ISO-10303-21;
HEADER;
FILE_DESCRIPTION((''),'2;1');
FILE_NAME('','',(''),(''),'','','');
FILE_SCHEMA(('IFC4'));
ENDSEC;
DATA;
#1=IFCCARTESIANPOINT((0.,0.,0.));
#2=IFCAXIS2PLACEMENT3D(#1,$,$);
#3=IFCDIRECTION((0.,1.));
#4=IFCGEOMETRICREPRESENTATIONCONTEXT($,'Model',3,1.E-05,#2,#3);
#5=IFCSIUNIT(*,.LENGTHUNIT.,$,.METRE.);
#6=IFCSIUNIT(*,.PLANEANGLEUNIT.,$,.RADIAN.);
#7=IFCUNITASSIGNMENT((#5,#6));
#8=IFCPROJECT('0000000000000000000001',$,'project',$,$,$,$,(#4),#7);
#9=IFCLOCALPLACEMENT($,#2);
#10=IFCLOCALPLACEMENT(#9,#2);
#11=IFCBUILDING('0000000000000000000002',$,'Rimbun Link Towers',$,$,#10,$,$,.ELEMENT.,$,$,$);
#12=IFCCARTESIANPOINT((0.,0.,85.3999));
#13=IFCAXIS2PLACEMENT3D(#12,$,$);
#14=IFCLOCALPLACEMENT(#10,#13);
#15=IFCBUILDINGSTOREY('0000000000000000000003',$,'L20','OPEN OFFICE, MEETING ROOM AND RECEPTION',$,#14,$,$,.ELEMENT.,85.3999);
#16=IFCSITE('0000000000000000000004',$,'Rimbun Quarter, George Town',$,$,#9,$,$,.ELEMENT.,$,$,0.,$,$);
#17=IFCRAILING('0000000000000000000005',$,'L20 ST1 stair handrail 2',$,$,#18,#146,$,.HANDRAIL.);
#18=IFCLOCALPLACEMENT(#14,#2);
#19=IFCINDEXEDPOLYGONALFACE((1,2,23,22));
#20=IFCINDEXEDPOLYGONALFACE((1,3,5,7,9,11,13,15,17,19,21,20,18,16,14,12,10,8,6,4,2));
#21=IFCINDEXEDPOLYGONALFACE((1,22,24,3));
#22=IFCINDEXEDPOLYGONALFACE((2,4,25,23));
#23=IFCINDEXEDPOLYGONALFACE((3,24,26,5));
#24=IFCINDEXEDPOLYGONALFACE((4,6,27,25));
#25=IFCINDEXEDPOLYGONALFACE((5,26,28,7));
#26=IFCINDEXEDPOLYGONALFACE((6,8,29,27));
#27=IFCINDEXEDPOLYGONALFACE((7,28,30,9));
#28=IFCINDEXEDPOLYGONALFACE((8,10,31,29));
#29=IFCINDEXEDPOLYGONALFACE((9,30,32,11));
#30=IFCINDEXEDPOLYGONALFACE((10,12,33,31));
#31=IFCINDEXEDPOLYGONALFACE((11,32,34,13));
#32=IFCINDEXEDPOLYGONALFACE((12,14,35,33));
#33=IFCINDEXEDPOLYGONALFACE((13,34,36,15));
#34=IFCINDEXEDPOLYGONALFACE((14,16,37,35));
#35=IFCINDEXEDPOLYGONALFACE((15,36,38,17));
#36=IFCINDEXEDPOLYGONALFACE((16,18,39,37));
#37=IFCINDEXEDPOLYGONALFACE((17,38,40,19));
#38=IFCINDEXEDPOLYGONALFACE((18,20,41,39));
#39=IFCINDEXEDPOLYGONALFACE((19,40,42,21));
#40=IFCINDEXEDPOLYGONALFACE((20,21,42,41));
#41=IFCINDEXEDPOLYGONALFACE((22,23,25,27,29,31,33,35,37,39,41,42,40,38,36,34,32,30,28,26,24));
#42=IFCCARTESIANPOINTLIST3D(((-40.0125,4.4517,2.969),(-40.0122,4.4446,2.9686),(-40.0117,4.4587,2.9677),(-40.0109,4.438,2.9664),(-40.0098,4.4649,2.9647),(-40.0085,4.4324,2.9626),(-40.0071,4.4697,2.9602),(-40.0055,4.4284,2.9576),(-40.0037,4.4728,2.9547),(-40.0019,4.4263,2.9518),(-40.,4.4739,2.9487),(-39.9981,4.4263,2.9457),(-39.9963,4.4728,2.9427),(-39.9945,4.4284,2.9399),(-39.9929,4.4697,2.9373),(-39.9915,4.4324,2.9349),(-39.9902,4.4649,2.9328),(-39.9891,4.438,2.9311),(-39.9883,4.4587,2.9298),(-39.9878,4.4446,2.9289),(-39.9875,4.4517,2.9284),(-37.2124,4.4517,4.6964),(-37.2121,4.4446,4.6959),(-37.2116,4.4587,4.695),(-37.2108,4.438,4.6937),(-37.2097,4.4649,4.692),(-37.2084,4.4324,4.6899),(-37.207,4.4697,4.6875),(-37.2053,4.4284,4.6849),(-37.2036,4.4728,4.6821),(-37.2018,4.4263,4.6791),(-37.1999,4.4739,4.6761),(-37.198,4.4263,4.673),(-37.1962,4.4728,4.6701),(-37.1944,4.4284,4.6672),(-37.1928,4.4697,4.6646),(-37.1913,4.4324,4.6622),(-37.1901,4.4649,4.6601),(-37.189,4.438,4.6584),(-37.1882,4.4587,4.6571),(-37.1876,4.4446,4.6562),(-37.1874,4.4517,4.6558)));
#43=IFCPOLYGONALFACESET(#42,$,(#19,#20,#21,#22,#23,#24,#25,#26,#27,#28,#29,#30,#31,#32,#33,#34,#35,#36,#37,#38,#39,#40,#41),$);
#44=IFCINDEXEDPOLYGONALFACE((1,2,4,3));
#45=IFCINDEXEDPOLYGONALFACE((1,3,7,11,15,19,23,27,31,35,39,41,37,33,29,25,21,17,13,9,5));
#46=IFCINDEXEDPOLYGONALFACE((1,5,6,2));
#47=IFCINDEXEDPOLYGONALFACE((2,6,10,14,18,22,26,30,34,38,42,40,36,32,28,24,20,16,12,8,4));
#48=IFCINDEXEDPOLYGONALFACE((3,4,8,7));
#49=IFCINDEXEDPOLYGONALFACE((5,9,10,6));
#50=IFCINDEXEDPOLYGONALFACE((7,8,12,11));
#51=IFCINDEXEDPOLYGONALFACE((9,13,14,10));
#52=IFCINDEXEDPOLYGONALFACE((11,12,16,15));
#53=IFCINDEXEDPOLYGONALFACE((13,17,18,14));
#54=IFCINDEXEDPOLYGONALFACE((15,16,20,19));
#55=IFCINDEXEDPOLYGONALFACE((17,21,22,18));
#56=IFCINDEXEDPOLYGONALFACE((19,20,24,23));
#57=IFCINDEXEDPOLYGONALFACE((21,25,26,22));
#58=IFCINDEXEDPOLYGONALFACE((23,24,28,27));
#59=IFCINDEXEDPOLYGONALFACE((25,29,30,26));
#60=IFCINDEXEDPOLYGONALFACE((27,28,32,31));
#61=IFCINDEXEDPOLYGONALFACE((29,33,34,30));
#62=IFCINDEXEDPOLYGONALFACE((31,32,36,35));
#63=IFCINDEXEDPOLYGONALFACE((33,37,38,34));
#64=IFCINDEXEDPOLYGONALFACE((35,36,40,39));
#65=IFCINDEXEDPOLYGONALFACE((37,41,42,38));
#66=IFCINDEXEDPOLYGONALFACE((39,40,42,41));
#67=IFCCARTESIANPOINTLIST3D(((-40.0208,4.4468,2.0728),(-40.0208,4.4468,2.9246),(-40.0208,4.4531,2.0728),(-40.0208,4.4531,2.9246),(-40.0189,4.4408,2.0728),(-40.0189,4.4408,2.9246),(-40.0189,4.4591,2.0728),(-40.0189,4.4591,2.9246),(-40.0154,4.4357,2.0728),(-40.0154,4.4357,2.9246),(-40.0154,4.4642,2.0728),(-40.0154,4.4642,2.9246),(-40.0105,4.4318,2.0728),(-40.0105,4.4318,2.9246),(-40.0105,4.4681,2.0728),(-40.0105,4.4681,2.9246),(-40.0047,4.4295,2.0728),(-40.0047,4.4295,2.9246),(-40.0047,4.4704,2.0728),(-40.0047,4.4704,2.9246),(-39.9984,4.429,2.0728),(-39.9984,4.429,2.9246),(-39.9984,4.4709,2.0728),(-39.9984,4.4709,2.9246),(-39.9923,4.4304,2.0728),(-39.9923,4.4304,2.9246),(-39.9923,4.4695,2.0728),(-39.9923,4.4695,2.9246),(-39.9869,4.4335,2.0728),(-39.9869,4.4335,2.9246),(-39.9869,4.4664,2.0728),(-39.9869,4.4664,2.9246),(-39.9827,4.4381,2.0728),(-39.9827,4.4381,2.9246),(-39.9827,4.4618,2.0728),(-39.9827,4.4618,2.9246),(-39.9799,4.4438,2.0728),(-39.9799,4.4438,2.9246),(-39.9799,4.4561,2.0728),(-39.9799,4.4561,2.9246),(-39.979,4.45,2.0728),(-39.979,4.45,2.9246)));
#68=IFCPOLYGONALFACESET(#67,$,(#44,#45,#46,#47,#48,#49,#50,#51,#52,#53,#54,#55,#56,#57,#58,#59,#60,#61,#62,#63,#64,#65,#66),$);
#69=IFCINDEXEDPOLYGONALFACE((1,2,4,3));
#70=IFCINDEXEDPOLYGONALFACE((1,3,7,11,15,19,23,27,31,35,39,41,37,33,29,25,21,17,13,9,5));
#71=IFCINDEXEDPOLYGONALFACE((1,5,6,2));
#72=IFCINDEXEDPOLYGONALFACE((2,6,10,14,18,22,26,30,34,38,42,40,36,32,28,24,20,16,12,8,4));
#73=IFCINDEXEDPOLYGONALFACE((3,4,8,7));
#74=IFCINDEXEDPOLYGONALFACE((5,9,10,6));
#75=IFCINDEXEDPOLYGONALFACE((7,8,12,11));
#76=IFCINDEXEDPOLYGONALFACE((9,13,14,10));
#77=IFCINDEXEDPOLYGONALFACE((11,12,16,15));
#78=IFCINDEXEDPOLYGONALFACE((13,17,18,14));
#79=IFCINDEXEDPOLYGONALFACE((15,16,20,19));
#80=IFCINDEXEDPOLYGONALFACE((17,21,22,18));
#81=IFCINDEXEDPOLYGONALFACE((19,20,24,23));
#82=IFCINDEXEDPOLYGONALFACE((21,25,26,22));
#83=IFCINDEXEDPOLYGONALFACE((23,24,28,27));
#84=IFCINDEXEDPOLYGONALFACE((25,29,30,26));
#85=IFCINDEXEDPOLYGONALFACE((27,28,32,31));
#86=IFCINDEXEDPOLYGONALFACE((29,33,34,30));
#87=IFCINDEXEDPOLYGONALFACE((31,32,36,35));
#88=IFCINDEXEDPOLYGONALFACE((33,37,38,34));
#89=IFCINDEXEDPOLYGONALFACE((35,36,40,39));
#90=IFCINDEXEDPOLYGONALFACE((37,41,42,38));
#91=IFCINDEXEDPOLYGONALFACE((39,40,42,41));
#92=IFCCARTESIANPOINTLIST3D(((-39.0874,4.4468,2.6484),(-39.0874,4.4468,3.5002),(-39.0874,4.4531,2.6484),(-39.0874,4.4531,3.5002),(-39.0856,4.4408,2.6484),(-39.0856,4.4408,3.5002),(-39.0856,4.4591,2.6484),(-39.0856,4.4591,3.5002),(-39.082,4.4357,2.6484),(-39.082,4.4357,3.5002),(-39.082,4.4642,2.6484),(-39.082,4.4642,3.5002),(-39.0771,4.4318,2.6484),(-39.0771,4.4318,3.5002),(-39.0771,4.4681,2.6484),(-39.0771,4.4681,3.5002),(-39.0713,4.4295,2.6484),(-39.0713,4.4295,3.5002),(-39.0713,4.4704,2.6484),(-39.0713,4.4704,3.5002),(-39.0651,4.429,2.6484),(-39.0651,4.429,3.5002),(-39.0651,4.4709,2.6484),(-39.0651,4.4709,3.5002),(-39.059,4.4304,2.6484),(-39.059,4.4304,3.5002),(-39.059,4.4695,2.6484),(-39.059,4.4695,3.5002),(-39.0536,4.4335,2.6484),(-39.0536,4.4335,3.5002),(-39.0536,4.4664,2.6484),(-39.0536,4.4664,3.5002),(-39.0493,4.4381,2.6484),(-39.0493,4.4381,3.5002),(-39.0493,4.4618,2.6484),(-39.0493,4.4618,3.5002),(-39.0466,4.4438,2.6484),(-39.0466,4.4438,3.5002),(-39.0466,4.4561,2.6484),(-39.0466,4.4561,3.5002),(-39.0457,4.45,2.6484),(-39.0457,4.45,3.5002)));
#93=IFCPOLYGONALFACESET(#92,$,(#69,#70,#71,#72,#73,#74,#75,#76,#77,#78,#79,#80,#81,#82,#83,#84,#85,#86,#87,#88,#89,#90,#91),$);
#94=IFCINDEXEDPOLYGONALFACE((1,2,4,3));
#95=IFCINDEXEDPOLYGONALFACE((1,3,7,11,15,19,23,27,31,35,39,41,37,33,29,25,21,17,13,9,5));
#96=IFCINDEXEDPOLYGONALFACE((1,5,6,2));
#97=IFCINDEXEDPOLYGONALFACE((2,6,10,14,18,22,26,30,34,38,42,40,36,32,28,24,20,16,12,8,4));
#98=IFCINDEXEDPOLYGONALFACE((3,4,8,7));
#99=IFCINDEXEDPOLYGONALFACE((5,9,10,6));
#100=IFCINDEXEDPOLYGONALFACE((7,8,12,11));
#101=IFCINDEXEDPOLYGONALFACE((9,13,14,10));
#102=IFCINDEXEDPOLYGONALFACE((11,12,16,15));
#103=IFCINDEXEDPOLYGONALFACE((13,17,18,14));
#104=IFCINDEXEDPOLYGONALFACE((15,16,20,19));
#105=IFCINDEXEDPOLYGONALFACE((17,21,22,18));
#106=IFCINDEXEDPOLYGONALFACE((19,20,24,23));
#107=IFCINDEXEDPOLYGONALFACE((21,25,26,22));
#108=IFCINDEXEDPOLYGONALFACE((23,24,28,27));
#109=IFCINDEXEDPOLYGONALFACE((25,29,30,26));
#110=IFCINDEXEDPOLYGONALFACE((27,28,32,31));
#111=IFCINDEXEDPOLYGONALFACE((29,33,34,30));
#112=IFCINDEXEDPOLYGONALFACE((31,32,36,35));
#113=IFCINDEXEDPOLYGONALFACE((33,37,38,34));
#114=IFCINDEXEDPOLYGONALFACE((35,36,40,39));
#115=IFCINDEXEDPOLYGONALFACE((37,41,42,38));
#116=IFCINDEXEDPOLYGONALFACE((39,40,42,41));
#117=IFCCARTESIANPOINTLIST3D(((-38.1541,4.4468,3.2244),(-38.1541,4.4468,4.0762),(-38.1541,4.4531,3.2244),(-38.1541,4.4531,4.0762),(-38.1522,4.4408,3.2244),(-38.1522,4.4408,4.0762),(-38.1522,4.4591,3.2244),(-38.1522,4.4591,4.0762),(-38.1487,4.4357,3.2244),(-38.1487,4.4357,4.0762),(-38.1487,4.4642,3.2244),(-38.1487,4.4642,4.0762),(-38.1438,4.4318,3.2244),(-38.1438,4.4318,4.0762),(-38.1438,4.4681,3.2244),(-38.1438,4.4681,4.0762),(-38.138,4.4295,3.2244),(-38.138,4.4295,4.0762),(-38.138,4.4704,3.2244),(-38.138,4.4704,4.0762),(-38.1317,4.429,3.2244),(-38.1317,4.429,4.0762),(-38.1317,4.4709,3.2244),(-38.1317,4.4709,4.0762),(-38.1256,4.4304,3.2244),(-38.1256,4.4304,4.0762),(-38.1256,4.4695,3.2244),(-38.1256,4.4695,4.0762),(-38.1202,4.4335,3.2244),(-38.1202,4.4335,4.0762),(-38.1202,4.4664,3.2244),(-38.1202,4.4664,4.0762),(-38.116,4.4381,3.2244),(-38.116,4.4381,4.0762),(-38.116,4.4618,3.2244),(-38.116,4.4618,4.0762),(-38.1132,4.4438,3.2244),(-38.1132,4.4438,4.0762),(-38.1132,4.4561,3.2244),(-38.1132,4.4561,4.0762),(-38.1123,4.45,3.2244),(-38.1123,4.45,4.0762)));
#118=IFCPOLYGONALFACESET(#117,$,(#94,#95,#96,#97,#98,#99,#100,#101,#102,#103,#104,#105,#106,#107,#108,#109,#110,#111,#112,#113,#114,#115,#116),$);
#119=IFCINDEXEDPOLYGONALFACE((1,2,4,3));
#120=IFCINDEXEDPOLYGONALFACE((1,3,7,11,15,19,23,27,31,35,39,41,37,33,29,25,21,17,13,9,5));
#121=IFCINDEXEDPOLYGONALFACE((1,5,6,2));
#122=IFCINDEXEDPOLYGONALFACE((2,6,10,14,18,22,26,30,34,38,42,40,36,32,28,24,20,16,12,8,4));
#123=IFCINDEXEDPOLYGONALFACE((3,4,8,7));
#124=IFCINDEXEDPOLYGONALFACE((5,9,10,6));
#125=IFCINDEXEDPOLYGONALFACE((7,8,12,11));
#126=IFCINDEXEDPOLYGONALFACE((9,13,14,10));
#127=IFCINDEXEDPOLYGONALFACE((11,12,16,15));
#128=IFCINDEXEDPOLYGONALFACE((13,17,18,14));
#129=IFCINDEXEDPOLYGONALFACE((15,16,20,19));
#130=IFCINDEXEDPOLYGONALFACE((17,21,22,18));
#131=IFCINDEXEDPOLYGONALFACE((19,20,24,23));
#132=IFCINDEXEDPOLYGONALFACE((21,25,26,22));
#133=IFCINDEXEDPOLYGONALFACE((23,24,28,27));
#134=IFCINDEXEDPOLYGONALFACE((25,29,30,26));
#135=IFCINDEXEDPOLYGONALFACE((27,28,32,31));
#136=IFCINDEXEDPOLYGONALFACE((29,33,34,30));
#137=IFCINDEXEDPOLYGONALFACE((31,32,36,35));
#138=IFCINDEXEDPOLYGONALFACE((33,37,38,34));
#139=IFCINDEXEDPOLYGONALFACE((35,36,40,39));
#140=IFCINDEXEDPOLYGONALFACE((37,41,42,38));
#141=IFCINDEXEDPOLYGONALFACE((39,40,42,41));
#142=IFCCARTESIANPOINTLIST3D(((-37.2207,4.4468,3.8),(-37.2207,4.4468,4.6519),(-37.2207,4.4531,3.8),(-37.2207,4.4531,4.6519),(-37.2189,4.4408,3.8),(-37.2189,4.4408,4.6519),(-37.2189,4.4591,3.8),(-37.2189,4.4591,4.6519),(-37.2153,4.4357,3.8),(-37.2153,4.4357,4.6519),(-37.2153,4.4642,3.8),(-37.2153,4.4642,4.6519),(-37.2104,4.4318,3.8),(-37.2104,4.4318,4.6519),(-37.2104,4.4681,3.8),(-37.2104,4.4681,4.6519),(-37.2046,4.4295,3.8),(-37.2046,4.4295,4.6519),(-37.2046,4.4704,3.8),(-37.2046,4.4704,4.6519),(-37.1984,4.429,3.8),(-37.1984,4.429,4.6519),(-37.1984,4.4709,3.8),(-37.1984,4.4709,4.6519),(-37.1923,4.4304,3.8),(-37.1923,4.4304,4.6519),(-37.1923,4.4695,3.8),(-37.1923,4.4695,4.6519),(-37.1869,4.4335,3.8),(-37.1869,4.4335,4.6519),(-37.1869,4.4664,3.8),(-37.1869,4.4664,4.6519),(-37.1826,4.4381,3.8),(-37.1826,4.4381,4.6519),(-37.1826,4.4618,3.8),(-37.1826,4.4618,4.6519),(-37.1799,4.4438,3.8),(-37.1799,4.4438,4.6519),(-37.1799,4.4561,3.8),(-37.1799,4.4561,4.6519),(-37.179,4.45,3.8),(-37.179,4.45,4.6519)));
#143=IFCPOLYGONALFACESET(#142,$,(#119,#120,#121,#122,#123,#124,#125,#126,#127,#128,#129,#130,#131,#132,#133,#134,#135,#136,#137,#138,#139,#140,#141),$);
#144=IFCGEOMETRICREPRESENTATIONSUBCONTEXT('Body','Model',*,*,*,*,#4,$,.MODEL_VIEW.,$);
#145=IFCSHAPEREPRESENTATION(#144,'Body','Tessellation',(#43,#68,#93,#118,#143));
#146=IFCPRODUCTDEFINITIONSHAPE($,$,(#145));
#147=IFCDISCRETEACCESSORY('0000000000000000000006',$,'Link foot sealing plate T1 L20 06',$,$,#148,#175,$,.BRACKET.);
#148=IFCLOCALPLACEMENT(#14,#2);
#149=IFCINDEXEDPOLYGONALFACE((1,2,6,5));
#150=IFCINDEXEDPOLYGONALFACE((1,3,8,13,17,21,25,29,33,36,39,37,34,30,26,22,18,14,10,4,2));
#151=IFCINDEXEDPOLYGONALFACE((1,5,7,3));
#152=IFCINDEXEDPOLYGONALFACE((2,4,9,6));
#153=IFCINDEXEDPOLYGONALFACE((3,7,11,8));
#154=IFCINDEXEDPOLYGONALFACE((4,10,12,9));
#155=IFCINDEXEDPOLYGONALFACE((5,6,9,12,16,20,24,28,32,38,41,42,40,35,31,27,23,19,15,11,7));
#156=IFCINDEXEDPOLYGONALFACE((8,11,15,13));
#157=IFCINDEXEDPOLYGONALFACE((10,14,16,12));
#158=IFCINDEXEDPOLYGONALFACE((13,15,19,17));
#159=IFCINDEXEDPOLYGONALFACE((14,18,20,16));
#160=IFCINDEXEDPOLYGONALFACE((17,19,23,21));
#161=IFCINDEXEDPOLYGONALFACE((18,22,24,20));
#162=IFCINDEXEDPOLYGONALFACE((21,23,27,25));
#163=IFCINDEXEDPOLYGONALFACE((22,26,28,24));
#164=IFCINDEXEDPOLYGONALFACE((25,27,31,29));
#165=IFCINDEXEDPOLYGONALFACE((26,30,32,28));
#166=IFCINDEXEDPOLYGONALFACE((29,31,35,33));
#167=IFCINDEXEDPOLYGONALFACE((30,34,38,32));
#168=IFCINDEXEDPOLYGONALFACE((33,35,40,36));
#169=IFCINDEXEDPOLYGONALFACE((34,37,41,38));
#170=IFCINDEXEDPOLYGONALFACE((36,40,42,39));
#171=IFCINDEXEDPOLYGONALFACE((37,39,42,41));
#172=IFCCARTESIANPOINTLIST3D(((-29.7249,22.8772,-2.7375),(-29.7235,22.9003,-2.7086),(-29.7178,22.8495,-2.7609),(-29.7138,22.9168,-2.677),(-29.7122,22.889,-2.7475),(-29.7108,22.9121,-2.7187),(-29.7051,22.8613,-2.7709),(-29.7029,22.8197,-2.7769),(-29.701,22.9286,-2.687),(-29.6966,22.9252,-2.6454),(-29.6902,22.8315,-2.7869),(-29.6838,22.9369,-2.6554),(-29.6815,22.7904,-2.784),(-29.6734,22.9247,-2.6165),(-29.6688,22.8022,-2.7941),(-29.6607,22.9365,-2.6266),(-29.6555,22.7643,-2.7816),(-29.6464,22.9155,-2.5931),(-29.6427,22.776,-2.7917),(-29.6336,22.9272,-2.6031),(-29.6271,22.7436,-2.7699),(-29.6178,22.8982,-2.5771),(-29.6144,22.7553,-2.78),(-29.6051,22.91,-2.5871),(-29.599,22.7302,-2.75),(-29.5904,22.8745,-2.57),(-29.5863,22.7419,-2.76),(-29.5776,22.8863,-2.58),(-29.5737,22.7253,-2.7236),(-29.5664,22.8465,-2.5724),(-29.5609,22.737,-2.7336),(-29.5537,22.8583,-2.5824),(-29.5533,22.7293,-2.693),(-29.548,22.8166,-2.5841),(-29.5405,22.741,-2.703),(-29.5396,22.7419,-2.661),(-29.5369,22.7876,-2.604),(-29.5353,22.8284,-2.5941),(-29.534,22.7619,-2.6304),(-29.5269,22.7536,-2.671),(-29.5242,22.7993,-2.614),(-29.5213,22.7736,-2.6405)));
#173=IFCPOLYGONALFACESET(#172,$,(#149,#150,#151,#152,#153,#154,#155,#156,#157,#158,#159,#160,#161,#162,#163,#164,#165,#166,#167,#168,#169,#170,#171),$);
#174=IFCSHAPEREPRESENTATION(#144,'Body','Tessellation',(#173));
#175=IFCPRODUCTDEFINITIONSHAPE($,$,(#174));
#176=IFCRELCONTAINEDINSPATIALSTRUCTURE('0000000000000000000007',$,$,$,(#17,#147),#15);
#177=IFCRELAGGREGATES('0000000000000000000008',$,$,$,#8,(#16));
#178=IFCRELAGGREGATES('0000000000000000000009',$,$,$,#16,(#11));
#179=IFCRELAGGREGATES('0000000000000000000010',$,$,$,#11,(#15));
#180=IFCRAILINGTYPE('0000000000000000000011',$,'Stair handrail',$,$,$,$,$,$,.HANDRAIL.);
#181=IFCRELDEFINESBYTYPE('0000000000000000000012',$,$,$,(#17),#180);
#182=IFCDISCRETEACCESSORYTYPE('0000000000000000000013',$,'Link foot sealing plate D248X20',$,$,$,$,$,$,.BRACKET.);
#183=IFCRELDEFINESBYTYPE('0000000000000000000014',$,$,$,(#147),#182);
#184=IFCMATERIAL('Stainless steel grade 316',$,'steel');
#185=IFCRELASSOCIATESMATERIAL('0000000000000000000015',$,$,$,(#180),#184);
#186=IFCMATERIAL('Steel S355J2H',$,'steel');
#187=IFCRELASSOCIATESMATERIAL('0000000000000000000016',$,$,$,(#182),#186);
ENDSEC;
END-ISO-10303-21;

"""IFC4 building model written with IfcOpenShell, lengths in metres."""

from ifc_helpers import new_model, si_unit, direction, frame, origin, origin_2d, place, context, subcontext, project, spatial, circle, extrude, material, material_profile, profile_set, type_object, element, save


model = new_model("IFC4")

# Units and contexts
model_context = context("Model", 3, precision=1e-05, world=origin(), true_north=direction((0.0, 1.0)))
body_context = subcontext(model_context, "Body", "Model", "MODEL_VIEW")
ifc_project = project(units=[si_unit("LENGTHUNIT", "METRE"), si_unit("PLANEANGLEUNIT", "RADIAN")], contexts=[model_context])

# Site, building, storey
site_placement = place(None, origin())
site = spatial("IfcSite", under=ifc_project, at=site_placement, Name="Rimbun Quarter, George Town", CompositionType="ELEMENT", RefElevation=0.0)
building_placement = place(site_placement, origin())
building = spatial("IfcBuilding", under=site, at=building_placement, Name="Rimbun Link Towers", CompositionType="ELEMENT")
storey_placement = place(building_placement, frame((0.0, 0.0, 85.3999)))
storey = spatial("IfcBuildingStorey", under=building, at=storey_placement, Name="L20", Description="OPEN OFFICE, MEETING ROOM AND RECEPTION", CompositionType="ELEMENT", Elevation=85.3999)

# Railing
ifc_material_1 = material(Name="Stainless steel grade 316", Category="steel")
railing_type_1 = type_object("IfcRailingType", Name="Stair handrail", PredefinedType="HANDRAIL", material=ifc_material_1)
railing_1_placement = place(storey_placement, frame((-40.0, 4.45, 2.0728)))
element("IfcRailing", 1, at=railing_1_placement, inside=storey, type_object=railing_type_1, Name="L20 ST1 stair handrail 2", PredefinedType="HANDRAIL", context=body_context, shape_type="SweptSolid", body=[
    extrude(circle(Radius=0.0239, at=origin_2d()), frame((0.0, 0.0, 0.876), z_axis=(0.85109, 0.0, 0.52502), x_axis=(0.0, 1.0, 0.0)), (0.0, 0.0, 1.0), 3.29),
    extrude(circle(Radius=0.021, at=origin_2d()), origin(), (0.0, 0.0, 1.0), 0.8518),
    extrude(circle(Radius=0.021, at=origin_2d()), frame((0.9333, 0.0, 0.5757)), (0.0, 0.0, 1.0), 0.8518),
    extrude(circle(Radius=0.021, at=origin_2d()), frame((1.8667, 0.0, 1.1516)), (0.0, 0.0, 1.0), 0.8518),
    extrude(circle(Radius=0.021, at=origin_2d()), frame((2.8, 0.0, 1.7273)), (0.0, 0.0, 1.0), 0.8518),
])

# Discrete accessory
ifc_material_2 = material(Name="Steel S355J2H", Category="steel")
ifc_material_profile_1 = material_profile(ifc_material_2, circle(Radius=0.124, at=origin_2d()), Name="PL D248")
ifc_profile_set_1 = profile_set([ifc_material_profile_1], Name="Steel S355J2H")
discrete_accessory_type = type_object("IfcDiscreteAccessoryType", Name="Link foot sealing plate D248X20", PredefinedType="BRACKET", material=ifc_profile_set_1)
discrete_accessory_placement = place(storey_placement, frame((-29.6296, 22.8257, -2.677), z_axis=(0.635803, 0.586895, -0.501306), x_axis=(-0.67828, 0.734803, 0.0)))
element("IfcDiscreteAccessory", 2, at=discrete_accessory_placement, inside=storey, type_object=discrete_accessory_type, Name="Link foot sealing plate T1 L20 06", PredefinedType="BRACKET", context=body_context, shape_type="SweptSolid", body=[
    extrude(circle(Radius=0.124, at=origin_2d()), origin(), (0.0, 0.0, 1.0), 0.02),
])

save(model, "model.ifc")
